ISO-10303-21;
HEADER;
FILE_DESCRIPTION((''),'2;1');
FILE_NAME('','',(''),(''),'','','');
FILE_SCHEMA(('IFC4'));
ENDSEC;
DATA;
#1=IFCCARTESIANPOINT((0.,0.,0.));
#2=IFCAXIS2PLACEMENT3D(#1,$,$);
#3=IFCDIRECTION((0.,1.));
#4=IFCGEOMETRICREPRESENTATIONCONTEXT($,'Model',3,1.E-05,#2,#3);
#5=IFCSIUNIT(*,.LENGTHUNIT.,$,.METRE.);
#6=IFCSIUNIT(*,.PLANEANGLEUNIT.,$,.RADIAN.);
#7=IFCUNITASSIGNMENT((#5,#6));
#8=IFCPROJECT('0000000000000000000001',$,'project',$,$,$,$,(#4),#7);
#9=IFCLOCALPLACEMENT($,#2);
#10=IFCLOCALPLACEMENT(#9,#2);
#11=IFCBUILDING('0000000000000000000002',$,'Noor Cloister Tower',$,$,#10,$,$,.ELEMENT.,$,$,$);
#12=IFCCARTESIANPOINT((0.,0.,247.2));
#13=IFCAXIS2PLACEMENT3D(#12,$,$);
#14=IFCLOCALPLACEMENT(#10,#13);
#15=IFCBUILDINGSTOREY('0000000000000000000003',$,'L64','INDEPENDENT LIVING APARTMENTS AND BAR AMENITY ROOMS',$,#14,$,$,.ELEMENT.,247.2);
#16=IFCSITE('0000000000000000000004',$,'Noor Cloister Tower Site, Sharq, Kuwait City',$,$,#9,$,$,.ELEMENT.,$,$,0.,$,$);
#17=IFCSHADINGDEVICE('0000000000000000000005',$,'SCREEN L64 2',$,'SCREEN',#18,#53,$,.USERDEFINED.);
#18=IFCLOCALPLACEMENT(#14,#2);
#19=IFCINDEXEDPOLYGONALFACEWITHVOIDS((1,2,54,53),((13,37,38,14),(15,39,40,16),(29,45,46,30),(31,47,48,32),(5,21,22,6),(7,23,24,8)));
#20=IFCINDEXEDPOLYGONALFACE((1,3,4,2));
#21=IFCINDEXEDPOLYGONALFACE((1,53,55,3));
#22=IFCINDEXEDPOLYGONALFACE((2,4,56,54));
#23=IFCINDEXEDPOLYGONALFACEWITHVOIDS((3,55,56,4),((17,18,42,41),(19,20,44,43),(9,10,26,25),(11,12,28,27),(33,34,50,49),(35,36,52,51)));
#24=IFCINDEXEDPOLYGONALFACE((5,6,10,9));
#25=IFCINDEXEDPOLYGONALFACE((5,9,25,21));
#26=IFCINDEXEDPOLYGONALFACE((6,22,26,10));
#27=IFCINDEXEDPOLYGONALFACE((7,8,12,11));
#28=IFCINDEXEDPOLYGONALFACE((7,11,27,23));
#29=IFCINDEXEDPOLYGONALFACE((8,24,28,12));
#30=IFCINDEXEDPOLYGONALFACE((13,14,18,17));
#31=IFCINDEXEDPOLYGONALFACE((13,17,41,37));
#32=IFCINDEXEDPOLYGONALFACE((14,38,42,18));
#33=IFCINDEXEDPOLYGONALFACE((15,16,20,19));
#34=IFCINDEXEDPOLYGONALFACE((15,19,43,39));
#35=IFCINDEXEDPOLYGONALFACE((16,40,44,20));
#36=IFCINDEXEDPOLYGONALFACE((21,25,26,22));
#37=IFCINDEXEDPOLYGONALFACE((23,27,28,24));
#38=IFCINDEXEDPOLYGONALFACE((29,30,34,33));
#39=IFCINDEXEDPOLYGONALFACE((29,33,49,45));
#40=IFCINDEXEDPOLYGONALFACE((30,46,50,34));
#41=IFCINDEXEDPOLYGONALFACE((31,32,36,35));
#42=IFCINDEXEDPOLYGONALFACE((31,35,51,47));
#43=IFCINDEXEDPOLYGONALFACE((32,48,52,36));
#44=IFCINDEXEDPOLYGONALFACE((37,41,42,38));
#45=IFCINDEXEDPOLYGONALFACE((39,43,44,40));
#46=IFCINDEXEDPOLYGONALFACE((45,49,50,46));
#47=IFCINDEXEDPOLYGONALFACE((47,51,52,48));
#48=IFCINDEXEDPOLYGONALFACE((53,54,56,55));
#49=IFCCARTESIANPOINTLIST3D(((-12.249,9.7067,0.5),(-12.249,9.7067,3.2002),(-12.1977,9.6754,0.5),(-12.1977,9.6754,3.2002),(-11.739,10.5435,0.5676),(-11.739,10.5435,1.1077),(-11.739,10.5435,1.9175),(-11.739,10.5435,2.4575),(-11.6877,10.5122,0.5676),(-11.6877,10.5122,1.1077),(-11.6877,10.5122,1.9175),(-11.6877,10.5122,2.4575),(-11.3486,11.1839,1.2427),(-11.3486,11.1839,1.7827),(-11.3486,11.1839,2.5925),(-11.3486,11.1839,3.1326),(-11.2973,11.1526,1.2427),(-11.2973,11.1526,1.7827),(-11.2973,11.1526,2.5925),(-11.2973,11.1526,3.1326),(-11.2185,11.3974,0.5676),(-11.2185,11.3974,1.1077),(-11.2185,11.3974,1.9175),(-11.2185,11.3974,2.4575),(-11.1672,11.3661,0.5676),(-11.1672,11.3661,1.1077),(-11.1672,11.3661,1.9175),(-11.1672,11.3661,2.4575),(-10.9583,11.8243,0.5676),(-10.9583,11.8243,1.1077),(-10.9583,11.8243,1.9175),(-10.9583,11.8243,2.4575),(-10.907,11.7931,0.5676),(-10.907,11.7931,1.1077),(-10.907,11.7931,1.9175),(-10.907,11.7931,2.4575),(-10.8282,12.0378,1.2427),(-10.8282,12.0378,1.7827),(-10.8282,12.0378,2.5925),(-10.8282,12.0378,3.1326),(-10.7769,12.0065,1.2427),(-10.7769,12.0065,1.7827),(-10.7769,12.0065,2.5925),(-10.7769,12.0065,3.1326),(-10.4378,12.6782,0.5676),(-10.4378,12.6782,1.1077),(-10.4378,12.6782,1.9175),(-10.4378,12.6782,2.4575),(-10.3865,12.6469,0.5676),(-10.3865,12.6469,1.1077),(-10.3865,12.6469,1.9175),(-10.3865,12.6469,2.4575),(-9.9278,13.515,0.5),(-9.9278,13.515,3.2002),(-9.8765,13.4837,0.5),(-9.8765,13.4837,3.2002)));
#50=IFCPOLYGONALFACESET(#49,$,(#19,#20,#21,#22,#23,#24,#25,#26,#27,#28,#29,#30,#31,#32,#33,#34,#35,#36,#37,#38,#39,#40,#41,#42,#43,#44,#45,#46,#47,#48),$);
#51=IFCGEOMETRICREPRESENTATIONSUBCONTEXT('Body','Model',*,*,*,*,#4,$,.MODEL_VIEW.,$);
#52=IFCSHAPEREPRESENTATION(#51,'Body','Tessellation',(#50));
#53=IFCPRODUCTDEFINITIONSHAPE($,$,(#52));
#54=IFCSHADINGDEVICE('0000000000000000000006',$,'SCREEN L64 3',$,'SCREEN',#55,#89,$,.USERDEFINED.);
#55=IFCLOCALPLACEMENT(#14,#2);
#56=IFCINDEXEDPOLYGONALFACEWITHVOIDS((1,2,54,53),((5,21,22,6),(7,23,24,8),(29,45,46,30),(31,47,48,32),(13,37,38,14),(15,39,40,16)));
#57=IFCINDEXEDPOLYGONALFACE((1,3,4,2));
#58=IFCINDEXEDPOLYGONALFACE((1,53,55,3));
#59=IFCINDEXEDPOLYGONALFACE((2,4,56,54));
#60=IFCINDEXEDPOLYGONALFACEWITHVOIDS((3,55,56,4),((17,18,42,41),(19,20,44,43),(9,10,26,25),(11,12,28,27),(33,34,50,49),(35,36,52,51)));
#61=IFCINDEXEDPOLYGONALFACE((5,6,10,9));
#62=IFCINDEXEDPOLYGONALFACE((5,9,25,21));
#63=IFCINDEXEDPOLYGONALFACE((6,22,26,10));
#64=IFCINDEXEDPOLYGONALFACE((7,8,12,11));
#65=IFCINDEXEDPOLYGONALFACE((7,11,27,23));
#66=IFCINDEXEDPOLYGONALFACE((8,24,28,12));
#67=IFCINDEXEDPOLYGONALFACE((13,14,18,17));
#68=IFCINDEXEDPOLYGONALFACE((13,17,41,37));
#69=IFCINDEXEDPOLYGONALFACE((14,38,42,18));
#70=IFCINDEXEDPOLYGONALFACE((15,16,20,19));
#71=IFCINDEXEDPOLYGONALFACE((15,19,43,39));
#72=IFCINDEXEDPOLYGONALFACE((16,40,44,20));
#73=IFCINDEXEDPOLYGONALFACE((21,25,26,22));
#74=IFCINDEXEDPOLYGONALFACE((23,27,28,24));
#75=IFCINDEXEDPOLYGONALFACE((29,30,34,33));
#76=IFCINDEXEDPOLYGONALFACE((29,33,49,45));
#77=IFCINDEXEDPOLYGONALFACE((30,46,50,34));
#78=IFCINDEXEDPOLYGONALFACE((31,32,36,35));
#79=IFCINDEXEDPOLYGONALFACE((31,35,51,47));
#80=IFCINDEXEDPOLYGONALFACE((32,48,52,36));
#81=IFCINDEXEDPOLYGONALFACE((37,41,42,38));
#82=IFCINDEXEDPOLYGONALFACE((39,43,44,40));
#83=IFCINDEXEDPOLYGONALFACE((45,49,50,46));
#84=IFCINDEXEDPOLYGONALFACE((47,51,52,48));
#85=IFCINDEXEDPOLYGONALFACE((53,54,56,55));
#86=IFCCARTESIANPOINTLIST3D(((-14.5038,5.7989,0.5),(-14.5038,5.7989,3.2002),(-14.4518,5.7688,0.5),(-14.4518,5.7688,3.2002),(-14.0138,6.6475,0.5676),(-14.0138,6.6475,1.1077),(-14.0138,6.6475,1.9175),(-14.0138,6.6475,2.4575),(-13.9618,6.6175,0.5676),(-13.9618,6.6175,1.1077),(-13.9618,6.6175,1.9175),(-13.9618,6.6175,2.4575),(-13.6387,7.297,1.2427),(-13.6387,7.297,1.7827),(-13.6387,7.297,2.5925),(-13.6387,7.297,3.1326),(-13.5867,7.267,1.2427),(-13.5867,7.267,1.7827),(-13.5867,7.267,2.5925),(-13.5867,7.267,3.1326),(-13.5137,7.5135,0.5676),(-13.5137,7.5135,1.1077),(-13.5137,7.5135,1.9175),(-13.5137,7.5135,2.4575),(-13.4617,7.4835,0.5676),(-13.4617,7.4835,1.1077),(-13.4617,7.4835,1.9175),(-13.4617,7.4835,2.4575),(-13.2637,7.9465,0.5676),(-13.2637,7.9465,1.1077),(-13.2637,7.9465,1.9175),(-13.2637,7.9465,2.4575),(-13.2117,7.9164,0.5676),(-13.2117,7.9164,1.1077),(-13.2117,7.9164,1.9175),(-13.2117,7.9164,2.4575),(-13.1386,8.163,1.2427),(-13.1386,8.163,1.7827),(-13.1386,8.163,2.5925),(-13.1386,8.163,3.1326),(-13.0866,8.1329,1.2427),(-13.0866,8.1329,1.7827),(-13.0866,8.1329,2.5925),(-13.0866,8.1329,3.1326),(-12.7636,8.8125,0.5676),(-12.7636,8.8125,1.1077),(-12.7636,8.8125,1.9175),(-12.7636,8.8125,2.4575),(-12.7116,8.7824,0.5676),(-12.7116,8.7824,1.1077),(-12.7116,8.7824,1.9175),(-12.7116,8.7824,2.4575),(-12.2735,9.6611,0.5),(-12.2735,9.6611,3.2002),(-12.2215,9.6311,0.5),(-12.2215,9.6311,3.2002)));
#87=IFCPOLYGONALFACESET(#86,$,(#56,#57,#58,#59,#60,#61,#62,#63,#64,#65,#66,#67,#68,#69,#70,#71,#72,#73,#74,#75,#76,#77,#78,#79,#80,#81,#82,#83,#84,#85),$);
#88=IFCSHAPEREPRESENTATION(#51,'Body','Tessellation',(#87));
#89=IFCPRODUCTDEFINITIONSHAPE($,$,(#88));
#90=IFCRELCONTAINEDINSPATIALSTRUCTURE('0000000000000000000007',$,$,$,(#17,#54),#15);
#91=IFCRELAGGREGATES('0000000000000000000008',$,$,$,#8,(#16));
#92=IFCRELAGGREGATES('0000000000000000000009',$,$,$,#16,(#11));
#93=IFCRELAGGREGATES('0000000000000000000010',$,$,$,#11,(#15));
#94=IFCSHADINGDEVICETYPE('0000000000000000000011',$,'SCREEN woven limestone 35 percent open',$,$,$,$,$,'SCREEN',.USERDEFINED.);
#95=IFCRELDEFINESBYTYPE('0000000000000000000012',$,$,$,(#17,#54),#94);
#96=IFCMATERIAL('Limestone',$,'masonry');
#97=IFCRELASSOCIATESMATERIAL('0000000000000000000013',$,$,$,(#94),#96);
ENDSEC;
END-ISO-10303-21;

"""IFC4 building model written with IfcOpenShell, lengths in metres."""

from ifc_helpers import new_model, si_unit, direction, frame, origin, place, context, subcontext, project, spatial, polyline, outline, extrude, material, material_profile, profile_set, type_object, element, save


model = new_model("IFC4")

# Units and contexts
model_context = context("Model", 3, precision=1e-05, world=origin(), true_north=direction((0.0, 1.0)))
body_context = subcontext(model_context, "Body", "Model", "MODEL_VIEW")
ifc_project = project(units=[si_unit("LENGTHUNIT", "METRE"), si_unit("PLANEANGLEUNIT", "RADIAN")], contexts=[model_context])

# Site, building, storey
site_placement = place(None, origin())
site = spatial("IfcSite", under=ifc_project, at=site_placement, Name="Noor Cloister Tower Site, Sharq, Kuwait City", CompositionType="ELEMENT", RefElevation=0.0)
building_placement = place(site_placement, origin())
building = spatial("IfcBuilding", under=site, at=building_placement, Name="Noor Cloister Tower", CompositionType="ELEMENT")
storey_placement = place(building_placement, frame((0.0, 0.0, 247.2)))
storey = spatial("IfcBuildingStorey", under=building, at=storey_placement, Name="L64", Description="INDEPENDENT LIVING APARTMENTS AND BAR AMENITY ROOMS", CompositionType="ELEMENT", Elevation=247.2)

# Shading devices
ifc_material_1 = material(Name="Limestone", Category="masonry")
ifc_material_profile_1 = material_profile(ifc_material_1, outline(polyline([(-2.23, -1.3501), (2.23, -1.3501), (2.23, 1.3501), (-2.23, 1.3501), (-2.23, -1.3501)]), holes=[polyline([(-1.25, -1.2825), (-0.25, -1.2825), (-0.25, -0.7424), (-1.25, -0.7424), (-1.25, -1.2825)]), polyline([(0.25, -1.2825), (1.25, -1.2825), (1.25, -0.7424), (0.25, -0.7424), (0.25, -1.2825)]), polyline([(-0.5, -0.6074), (0.5, -0.6074), (0.5, -0.0674), (-0.5, -0.0674), (-0.5, -0.6074)]), polyline([(-1.25, 0.0674), (-0.25, 0.0674), (-0.25, 0.6074), (-1.25, 0.6074), (-1.25, 0.0674)]), polyline([(0.25, 0.0674), (1.25, 0.0674), (1.25, 0.6074), (0.25, 0.6074), (0.25, 0.0674)]), polyline([(-0.5, 0.7424), (0.5, 0.7424), (0.5, 1.2825), (-0.5, 1.2825), (-0.5, 0.7424)])]), Name="Woven screen 35 percent open")
ifc_profile_set_1 = profile_set([ifc_material_profile_1], Name="Limestone")
shading_device_type = type_object("IfcShadingDeviceType", Name="SCREEN woven limestone 35 percent open", ElementType="SCREEN", PredefinedType="USERDEFINED", material=ifc_profile_set_1)
for number, where, z_axis, x_axis, name in (
    (1, (-11.0371, 11.5796, 1.8501), (-0.853884, 0.520463, 0.0), (-0.520463, -0.853884, 0.0), "SCREEN L64 2"),
    (2, (-13.3367, 7.7, 1.8501), (-0.865982, 0.500074, 0.0), (-0.500074, -0.865982, 0.0), "SCREEN L64 3"),
):
    element("IfcShadingDevice", number, at=place(storey_placement, frame(where, z_axis=z_axis, x_axis=x_axis)), inside=storey, type_object=shading_device_type, Name=name, ObjectType="SCREEN", PredefinedType="USERDEFINED", context=body_context, shape_type="SweptSolid", body=[
        extrude(outline(polyline([(-2.23, -1.3501), (2.23, -1.3501), (2.23, 1.3501), (-2.23, 1.3501), (-2.23, -1.3501)]), holes=[polyline([(-1.25, -1.2825), (-0.25, -1.2825), (-0.25, -0.7424), (-1.25, -0.7424), (-1.25, -1.2825)]), polyline([(0.25, -1.2825), (1.25, -1.2825), (1.25, -0.7424), (0.25, -0.7424), (0.25, -1.2825)]), polyline([(-0.5, -0.6074), (0.5, -0.6074), (0.5, -0.0674), (-0.5, -0.0674), (-0.5, -0.6074)]), polyline([(-1.25, 0.0674), (-0.25, 0.0674), (-0.25, 0.6074), (-1.25, 0.6074), (-1.25, 0.0674)]), polyline([(0.25, 0.0674), (1.25, 0.0674), (1.25, 0.6074), (0.25, 0.6074), (0.25, 0.0674)]), polyline([(-0.5, 0.7424), (0.5, 0.7424), (0.5, 1.2825), (-0.5, 1.2825), (-0.5, 0.7424)])]), origin(), (0.0, 0.0, 1.0), 0.0601),
    ])

save(model, "model.ifc")
